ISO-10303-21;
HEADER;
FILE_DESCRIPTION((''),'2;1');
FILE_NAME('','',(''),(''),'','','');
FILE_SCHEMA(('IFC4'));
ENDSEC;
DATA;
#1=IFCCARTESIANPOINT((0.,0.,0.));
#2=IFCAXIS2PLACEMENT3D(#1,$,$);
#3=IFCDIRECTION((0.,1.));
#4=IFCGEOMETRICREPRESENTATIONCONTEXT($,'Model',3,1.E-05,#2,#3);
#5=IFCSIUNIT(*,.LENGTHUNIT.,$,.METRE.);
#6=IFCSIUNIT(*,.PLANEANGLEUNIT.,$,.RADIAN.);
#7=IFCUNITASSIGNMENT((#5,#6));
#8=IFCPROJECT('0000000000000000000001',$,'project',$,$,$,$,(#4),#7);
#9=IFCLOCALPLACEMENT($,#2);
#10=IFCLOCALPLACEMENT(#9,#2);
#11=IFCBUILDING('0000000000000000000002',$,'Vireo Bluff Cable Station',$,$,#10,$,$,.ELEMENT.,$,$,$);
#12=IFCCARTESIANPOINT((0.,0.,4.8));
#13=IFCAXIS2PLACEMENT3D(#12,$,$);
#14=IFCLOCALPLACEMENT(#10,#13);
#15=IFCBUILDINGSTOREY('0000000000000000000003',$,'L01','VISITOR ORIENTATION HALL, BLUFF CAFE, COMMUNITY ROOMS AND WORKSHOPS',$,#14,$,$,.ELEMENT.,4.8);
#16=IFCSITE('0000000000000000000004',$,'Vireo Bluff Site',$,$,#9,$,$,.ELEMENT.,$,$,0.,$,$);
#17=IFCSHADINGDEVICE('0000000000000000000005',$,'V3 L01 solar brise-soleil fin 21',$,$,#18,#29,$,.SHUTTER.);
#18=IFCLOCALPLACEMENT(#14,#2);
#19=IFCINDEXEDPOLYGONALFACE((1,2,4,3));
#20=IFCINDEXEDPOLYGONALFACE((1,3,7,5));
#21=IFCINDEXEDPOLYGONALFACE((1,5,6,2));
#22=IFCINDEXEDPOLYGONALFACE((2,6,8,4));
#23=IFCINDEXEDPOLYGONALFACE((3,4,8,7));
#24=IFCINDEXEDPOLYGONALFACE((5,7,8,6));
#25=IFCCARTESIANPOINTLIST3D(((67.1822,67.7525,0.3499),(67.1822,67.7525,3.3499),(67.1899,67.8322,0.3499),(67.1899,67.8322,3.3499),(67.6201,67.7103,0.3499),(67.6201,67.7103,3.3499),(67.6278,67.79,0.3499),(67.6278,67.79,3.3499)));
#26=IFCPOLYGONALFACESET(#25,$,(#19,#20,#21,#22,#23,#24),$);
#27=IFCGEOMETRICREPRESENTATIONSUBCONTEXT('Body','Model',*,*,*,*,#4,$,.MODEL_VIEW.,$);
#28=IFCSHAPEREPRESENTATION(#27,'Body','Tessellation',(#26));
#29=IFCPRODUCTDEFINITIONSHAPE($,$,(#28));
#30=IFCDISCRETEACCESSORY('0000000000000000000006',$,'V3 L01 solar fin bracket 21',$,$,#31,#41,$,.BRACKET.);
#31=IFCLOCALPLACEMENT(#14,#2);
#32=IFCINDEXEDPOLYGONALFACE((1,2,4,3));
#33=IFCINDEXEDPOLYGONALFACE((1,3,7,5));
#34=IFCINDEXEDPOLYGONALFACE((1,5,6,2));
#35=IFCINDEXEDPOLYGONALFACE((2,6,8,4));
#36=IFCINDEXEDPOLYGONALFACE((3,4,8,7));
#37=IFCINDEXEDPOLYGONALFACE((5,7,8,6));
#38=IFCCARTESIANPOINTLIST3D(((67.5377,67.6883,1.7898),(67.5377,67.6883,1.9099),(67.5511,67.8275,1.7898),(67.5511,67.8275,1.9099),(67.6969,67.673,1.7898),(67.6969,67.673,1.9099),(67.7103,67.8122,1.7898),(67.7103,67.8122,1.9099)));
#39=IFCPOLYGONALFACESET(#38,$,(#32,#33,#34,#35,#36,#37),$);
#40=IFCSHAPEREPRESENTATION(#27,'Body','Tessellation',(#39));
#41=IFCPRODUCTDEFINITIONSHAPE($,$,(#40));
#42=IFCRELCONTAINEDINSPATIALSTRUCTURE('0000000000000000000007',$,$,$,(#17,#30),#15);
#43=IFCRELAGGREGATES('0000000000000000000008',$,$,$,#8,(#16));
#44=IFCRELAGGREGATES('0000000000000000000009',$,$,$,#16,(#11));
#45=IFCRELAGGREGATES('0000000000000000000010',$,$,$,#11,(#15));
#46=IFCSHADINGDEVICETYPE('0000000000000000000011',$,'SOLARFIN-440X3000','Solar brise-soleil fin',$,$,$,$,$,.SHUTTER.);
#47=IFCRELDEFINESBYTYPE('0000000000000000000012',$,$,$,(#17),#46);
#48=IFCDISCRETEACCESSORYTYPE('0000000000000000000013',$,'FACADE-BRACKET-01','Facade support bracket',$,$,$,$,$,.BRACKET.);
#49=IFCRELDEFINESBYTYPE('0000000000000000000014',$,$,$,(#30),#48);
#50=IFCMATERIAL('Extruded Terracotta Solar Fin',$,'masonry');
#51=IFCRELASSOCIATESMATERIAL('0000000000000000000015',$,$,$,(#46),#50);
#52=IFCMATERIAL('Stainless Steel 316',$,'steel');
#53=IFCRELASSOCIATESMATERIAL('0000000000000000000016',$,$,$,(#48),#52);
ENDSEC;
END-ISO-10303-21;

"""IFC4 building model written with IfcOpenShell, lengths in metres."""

from ifc_helpers import new_model, si_unit, direction, frame, origin, origin_2d, place, context, subcontext, project, spatial, rectangle, extrude, material, type_object, element, save


model = new_model("IFC4")

# Units and contexts
model_context = context("Model", 3, precision=1e-05, world=origin(), true_north=direction((0.0, 1.0)))
body_context = subcontext(model_context, "Body", "Model", "MODEL_VIEW")
ifc_project = project(units=[si_unit("LENGTHUNIT", "METRE"), si_unit("PLANEANGLEUNIT", "RADIAN")], contexts=[model_context])

# Site, building, storey
site_placement = place(None, origin())
site = spatial("IfcSite", under=ifc_project, at=site_placement, Name="Vireo Bluff Site", CompositionType="ELEMENT", RefElevation=0.0)
building_placement = place(site_placement, origin())
building = spatial("IfcBuilding", under=site, at=building_placement, Name="Vireo Bluff Cable Station", CompositionType="ELEMENT")
storey_placement = place(building_placement, frame((0.0, 0.0, 4.8)))
storey = spatial("IfcBuildingStorey", under=building, at=storey_placement, Name="L01", Description="VISITOR ORIENTATION HALL, BLUFF CAFE, COMMUNITY ROOMS AND WORKSHOPS", CompositionType="ELEMENT", Elevation=4.8)

# Shading device
ifc_material_1 = material(Name="Extruded Terracotta Solar Fin", Category="masonry")
shading_device_type = type_object("IfcShadingDeviceType", Name="SOLARFIN-440X3000", Description="Solar brise-soleil fin", PredefinedType="SHUTTER", material=ifc_material_1)
shading_device_placement = place(storey_placement, frame((67.405, 67.7712, 0.3499), z_axis=(0.0, 0.0, 1.0), x_axis=(0.095846, 0.995396, 0.0)))
element("IfcShadingDevice", 1, at=shading_device_placement, inside=storey, type_object=shading_device_type, Name="V3 L01 solar brise-soleil fin 21", PredefinedType="SHUTTER", context=body_context, shape_type="SweptSolid", body=[
    extrude(rectangle(XDim=0.0801, YDim=0.4399, at=origin_2d()), origin(), (0.0, 0.0, 1.0), 3.0),
])

# Discrete accessory
ifc_material_2 = material(Name="Stainless Steel 316", Category="steel")
discrete_accessory_type = type_object("IfcDiscreteAccessoryType", Name="FACADE-BRACKET-01", Description="Facade support bracket", PredefinedType="BRACKET", material=ifc_material_2)
discrete_accessory_placement = place(storey_placement, frame((67.624, 67.7502, 1.7898), z_axis=(0.0, 0.0, 1.0), x_axis=(0.095846, 0.995396, 0.0)))
element("IfcDiscreteAccessory", 2, at=discrete_accessory_placement, inside=storey, type_object=discrete_accessory_type, Name="V3 L01 solar fin bracket 21", PredefinedType="BRACKET", context=body_context, shape_type="SweptSolid", body=[
    extrude(rectangle(XDim=0.1399, YDim=0.1599, at=origin_2d()), origin(), (0.0, 0.0, 1.0), 0.1201),
])

save(model, "model.ifc")
